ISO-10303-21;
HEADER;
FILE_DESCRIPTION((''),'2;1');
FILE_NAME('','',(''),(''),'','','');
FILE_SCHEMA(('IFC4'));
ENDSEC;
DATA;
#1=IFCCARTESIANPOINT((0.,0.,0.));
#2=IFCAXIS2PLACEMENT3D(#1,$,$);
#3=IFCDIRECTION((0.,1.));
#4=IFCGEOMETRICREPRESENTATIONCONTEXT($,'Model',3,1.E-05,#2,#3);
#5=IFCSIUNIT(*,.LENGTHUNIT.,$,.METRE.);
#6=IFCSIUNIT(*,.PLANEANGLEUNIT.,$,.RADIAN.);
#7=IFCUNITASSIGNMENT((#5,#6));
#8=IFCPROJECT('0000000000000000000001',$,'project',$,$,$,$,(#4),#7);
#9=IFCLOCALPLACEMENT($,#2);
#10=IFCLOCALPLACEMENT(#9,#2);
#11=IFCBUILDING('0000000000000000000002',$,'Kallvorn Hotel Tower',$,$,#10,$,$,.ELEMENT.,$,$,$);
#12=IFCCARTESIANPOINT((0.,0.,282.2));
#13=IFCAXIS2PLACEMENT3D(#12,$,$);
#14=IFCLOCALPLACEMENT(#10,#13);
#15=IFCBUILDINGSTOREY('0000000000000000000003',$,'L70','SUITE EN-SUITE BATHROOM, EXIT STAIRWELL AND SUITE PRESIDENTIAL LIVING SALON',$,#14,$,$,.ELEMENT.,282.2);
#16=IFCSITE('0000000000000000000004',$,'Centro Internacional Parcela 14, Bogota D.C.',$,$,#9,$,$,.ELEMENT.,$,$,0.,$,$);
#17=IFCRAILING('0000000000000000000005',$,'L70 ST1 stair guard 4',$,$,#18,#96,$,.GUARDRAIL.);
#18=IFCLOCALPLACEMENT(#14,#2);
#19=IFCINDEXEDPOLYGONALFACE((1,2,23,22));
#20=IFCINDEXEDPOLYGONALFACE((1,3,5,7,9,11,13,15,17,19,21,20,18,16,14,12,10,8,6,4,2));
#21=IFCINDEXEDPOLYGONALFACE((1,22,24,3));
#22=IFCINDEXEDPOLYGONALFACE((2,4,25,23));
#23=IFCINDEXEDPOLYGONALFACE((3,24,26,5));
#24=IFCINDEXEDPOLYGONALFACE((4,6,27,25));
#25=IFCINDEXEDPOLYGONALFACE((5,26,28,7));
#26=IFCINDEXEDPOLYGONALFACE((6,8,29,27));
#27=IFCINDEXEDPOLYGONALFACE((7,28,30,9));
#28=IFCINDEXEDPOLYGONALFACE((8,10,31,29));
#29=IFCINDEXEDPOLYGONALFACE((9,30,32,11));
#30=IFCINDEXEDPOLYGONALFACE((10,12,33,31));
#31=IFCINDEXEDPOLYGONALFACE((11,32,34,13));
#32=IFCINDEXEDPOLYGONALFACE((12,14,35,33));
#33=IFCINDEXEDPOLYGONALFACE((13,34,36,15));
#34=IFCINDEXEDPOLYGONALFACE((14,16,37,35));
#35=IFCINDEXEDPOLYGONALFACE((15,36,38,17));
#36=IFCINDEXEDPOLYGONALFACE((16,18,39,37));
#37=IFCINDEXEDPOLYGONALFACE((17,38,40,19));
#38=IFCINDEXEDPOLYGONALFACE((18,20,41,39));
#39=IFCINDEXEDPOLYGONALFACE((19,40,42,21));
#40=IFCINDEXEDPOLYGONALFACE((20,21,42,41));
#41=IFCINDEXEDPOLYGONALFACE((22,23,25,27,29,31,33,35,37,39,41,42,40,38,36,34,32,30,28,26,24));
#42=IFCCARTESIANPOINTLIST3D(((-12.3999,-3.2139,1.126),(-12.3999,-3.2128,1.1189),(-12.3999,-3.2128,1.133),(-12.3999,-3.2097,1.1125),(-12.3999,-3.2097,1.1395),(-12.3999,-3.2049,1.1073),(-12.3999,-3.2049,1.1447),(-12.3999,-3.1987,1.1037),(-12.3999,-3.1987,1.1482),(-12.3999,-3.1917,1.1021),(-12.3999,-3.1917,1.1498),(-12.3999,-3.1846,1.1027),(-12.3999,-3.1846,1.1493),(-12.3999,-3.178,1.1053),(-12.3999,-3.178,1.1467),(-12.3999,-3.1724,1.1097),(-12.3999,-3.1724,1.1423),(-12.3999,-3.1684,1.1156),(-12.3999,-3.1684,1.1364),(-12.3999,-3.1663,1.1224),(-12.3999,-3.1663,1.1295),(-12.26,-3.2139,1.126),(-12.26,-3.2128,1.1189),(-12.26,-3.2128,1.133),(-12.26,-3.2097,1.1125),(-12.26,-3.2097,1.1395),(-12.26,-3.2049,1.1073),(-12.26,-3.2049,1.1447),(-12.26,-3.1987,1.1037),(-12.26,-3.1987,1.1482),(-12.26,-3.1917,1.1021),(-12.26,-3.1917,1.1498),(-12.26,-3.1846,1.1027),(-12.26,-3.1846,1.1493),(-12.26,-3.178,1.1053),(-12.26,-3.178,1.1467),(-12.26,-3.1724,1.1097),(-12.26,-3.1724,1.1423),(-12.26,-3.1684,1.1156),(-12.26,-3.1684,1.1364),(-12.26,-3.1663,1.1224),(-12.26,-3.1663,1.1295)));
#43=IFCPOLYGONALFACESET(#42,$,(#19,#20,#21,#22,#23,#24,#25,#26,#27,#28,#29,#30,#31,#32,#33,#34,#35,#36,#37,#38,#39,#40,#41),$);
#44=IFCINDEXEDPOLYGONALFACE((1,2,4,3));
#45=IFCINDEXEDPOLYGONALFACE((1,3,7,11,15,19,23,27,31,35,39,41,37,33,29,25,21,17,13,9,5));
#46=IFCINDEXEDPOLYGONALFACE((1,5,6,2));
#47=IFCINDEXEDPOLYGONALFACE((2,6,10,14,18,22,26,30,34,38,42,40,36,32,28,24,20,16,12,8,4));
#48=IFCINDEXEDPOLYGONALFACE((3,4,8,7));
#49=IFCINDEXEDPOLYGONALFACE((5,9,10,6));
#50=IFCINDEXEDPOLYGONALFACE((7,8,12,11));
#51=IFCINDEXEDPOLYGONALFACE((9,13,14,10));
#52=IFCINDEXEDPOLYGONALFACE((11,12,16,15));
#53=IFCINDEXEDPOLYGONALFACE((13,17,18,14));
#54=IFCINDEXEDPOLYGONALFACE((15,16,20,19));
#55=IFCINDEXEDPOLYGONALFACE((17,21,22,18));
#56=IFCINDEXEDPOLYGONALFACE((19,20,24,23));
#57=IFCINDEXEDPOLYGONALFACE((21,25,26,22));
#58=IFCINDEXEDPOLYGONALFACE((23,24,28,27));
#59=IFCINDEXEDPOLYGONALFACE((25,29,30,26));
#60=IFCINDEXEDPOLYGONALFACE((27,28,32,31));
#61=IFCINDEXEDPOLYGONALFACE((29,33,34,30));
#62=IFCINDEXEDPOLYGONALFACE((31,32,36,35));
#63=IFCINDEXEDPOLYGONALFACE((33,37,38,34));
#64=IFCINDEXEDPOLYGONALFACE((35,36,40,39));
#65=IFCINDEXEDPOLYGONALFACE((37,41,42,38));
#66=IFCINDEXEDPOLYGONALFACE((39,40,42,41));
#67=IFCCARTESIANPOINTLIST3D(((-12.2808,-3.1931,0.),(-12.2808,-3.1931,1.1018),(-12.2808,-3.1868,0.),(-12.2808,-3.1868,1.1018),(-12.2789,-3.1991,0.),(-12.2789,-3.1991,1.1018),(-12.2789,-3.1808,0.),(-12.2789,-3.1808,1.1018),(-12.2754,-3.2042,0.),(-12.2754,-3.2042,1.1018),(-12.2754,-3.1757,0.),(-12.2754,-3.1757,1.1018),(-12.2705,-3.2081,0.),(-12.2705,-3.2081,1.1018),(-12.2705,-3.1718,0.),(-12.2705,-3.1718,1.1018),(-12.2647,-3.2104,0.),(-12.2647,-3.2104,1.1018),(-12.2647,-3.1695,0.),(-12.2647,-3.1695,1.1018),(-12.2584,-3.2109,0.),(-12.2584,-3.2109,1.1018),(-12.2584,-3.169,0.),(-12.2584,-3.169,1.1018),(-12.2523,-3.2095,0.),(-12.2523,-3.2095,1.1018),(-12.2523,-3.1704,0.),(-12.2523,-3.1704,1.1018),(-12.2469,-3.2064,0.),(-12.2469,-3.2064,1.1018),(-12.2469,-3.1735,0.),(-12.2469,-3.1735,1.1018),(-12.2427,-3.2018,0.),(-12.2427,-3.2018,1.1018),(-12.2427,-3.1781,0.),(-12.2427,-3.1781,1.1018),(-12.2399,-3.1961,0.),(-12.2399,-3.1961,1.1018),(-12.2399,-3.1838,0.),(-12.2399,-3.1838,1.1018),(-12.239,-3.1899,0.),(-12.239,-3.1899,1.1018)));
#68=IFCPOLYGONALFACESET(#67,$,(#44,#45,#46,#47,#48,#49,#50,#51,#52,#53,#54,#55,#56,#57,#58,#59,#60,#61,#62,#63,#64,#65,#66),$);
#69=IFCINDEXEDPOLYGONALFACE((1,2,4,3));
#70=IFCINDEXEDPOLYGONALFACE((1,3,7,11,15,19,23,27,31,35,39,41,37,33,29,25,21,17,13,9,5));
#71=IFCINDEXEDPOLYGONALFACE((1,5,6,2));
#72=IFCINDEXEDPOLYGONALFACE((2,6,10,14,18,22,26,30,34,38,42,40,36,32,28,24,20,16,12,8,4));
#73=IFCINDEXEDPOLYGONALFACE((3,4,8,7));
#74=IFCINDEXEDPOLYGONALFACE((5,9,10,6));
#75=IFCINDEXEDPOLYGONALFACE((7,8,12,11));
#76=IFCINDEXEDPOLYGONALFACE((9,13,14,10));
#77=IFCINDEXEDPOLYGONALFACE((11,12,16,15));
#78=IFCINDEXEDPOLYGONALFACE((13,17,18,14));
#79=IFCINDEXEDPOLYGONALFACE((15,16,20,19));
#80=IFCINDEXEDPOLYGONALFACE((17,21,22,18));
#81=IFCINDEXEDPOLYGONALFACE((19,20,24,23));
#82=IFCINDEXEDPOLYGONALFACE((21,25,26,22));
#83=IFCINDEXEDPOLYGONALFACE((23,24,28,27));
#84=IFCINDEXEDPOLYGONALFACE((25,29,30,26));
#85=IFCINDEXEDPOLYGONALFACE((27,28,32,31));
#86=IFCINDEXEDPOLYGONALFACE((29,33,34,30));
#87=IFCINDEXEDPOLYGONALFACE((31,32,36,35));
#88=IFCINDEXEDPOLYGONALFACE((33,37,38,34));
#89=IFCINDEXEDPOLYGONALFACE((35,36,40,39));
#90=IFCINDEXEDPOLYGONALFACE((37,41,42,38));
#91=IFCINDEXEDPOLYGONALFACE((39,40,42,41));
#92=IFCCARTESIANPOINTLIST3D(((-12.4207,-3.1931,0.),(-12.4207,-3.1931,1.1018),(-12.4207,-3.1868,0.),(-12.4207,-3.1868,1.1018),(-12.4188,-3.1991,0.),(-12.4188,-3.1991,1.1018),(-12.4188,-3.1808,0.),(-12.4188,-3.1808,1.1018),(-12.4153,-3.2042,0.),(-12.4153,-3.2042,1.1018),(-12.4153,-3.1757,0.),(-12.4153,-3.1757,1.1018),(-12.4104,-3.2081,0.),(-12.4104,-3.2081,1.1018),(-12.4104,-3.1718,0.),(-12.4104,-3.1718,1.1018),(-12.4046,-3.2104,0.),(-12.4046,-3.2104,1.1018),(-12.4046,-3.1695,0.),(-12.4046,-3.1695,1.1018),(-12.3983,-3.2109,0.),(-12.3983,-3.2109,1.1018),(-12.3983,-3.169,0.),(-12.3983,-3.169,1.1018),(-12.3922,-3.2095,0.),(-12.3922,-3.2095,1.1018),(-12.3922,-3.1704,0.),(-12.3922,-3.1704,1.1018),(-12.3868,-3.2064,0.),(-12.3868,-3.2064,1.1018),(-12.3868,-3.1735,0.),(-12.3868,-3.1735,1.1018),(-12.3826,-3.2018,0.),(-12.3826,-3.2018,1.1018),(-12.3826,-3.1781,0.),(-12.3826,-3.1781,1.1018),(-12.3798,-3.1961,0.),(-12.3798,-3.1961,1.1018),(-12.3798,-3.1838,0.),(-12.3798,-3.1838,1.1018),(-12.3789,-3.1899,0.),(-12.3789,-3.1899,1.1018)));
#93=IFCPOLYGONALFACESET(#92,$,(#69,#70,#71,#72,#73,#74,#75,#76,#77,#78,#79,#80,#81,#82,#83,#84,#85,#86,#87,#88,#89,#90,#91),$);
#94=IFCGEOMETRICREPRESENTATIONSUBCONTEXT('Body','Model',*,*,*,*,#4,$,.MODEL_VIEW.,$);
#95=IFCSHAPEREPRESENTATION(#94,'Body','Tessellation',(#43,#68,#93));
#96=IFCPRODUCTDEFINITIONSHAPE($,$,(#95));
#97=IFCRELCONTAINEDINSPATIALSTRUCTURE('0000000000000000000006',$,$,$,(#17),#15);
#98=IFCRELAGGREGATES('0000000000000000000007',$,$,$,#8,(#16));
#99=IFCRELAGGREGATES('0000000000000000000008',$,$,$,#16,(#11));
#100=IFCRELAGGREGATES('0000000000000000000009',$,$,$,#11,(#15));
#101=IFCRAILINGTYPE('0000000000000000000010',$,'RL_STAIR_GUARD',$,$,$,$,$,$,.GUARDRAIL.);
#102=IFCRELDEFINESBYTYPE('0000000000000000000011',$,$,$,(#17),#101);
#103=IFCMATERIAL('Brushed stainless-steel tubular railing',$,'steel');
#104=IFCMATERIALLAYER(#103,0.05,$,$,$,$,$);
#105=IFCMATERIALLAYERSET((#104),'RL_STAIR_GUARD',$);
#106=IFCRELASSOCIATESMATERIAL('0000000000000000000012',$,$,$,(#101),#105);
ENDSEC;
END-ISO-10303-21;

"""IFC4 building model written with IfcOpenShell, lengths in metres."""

from ifc_helpers import new_model, si_unit, direction, frame, origin, origin_2d, place, context, subcontext, project, spatial, circle, extrude, material, layer, layer_set, type_object, element, save


model = new_model("IFC4")

# Units and contexts
model_context = context("Model", 3, precision=1e-05, world=origin(), true_north=direction((0.0, 1.0)))
body_context = subcontext(model_context, "Body", "Model", "MODEL_VIEW")
ifc_project = project(units=[si_unit("LENGTHUNIT", "METRE"), si_unit("PLANEANGLEUNIT", "RADIAN")], contexts=[model_context])

# Site, building, storey
site_placement = place(None, origin())
site = spatial("IfcSite", under=ifc_project, at=site_placement, Name="Centro Internacional Parcela 14, Bogota D.C.", CompositionType="ELEMENT", RefElevation=0.0)
building_placement = place(site_placement, origin())
building = spatial("IfcBuilding", under=site, at=building_placement, Name="Kallvorn Hotel Tower", CompositionType="ELEMENT")
storey_placement = place(building_placement, frame((0.0, 0.0, 282.2)))
storey = spatial("IfcBuildingStorey", under=building, at=storey_placement, Name="L70", Description="SUITE EN-SUITE BATHROOM, EXIT STAIRWELL AND SUITE PRESIDENTIAL LIVING SALON", CompositionType="ELEMENT", Elevation=282.2)

# Railing
ifc_material_1 = material(Name="Brushed stainless-steel tubular railing", Category="steel")
ifc_layer_1 = layer(ifc_material_1, 0.05)
ifc_layer_set_1 = layer_set([ifc_layer_1], Name="RL_STAIR_GUARD")
railing_type = type_object("IfcRailingType", Name="RL_STAIR_GUARD", PredefinedType="GUARDRAIL", material=ifc_layer_set_1)
railing_1_placement = place(storey_placement, frame((-12.26, -3.1899, 0.0)))
element("IfcRailing", 1, at=railing_1_placement, inside=storey, type_object=railing_type, Name="L70 ST1 stair guard 4", PredefinedType="GUARDRAIL", context=body_context, shape_type="SweptSolid", body=[
    extrude(circle(Radius=0.0239, at=origin_2d()), frame((0.0, 0.0, 1.126), z_axis=(-1.0, 0.0, 0.0), x_axis=(0.0, -1.0, 0.0)), (0.0, 0.0, 1.0), 0.1399),
    extrude(circle(Radius=0.021, at=origin_2d()), origin(), (0.0, 0.0, 1.0), 1.1018),
    extrude(circle(Radius=0.021, at=origin_2d()), frame((-0.1399, 0.0, 0.0)), (0.0, 0.0, 1.0), 1.1018),
])

save(model, "model.ifc")
